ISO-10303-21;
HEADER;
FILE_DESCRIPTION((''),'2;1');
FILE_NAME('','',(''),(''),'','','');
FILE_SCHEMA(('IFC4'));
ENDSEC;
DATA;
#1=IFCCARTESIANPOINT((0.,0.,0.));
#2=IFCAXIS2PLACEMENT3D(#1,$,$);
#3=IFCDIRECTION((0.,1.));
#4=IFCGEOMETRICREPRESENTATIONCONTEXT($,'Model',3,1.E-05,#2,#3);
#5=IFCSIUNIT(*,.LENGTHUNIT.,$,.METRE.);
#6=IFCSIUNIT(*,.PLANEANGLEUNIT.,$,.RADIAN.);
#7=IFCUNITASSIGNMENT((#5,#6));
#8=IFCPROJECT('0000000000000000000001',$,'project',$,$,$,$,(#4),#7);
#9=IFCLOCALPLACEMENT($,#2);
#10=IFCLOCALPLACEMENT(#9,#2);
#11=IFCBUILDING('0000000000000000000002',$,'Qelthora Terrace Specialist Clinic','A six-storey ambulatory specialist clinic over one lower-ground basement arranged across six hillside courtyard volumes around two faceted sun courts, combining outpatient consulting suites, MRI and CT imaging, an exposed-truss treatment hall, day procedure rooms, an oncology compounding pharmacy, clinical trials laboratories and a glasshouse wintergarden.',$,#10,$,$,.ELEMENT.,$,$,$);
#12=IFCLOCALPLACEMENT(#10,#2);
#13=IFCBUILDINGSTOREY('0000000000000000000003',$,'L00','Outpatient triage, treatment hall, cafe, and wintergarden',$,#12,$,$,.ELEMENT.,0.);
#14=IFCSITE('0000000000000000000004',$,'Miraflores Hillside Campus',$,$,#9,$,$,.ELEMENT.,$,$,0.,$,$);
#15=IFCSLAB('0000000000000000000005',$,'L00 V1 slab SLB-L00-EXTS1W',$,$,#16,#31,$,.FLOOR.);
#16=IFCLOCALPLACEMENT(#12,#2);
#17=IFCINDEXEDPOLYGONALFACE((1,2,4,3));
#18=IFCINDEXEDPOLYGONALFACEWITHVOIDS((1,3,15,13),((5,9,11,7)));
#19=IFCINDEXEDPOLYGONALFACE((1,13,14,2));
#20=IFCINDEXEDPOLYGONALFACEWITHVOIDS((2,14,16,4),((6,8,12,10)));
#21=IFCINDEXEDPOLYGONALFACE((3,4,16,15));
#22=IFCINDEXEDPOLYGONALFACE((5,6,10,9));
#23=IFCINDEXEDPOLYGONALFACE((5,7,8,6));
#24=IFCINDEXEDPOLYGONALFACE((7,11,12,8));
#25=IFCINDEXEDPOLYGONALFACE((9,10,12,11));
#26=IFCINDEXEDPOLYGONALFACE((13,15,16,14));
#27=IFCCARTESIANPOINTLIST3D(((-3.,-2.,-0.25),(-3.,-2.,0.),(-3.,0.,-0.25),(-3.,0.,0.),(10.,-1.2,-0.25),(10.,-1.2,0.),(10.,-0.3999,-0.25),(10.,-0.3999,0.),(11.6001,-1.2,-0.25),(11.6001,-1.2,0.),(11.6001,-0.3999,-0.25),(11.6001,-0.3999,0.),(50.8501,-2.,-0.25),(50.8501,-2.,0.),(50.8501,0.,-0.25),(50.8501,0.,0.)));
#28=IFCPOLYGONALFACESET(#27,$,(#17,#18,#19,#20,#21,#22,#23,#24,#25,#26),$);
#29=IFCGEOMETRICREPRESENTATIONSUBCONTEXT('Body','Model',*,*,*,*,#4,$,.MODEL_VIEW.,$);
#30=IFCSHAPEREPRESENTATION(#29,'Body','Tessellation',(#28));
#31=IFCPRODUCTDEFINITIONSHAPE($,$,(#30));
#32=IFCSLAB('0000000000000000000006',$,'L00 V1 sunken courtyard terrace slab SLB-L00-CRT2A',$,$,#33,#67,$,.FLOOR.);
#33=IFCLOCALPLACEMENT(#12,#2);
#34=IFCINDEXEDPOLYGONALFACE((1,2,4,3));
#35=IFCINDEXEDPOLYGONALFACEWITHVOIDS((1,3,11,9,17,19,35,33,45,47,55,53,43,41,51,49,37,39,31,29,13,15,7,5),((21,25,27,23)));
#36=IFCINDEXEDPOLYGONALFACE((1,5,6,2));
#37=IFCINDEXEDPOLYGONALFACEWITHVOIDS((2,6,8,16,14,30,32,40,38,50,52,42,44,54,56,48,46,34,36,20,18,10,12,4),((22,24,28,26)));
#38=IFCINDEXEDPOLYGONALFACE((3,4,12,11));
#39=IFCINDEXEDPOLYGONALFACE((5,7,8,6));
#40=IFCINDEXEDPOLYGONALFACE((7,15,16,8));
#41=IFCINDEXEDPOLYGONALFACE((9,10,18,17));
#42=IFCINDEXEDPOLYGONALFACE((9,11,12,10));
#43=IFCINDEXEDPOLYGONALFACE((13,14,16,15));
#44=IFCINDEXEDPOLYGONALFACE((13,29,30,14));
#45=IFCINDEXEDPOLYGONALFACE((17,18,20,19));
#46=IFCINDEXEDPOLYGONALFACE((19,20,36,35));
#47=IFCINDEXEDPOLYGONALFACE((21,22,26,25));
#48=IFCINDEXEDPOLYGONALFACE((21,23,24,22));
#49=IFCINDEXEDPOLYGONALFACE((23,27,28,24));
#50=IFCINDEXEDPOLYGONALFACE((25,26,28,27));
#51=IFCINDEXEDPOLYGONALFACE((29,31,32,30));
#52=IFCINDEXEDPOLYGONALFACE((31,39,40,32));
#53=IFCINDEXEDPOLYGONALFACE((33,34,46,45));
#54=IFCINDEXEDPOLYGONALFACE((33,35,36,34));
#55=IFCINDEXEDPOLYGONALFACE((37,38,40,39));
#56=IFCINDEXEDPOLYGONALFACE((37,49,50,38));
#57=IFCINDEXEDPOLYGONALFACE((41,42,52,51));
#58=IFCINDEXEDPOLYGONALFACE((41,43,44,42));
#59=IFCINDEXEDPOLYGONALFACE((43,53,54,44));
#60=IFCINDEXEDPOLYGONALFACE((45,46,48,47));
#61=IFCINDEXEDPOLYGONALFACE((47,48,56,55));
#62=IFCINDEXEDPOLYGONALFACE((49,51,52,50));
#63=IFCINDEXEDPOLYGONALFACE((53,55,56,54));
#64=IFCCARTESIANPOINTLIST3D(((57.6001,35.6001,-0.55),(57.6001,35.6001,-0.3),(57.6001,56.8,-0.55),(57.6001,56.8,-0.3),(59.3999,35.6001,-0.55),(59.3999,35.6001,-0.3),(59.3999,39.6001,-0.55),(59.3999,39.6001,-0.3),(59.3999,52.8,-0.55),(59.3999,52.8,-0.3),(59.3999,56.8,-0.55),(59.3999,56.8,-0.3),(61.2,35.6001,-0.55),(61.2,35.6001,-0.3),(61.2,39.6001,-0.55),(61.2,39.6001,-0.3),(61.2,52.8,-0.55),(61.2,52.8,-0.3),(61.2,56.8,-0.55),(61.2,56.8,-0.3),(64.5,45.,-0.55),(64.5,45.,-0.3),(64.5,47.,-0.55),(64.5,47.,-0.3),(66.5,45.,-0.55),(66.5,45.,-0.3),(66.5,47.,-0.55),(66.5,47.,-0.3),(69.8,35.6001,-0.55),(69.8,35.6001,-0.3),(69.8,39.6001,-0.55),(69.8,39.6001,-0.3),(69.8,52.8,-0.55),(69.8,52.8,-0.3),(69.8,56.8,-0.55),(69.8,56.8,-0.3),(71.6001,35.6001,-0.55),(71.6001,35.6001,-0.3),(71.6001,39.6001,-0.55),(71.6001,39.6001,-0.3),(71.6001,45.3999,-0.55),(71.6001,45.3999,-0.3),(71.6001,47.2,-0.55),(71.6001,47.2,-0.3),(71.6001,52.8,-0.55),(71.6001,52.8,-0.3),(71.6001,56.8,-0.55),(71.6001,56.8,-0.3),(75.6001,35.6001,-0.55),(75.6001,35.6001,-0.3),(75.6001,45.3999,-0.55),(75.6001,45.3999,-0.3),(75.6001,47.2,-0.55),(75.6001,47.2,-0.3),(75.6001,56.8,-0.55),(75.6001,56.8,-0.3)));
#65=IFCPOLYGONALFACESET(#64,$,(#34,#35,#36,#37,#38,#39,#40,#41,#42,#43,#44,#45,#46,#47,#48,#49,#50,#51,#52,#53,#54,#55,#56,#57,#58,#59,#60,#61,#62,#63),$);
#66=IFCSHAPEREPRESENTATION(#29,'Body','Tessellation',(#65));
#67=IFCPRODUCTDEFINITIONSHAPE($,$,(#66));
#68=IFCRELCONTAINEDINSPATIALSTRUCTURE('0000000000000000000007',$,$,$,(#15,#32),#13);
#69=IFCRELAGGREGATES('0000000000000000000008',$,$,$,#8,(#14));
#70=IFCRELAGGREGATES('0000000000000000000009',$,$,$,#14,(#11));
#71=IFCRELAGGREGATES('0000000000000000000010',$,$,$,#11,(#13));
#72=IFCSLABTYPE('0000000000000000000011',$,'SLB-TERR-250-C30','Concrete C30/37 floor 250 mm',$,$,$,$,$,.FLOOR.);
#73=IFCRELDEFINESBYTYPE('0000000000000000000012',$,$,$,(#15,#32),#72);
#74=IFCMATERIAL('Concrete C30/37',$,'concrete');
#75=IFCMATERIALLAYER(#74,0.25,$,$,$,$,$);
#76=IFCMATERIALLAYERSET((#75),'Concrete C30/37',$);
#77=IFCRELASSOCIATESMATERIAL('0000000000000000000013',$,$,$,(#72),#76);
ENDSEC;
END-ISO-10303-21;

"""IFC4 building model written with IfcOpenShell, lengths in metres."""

from ifc_helpers import new_model, si_unit, direction, frame, origin, place, context, subcontext, project, spatial, polyline, outline, extrude, material, layer, layer_set, type_object, element, save


model = new_model("IFC4")

# Units and contexts
model_context = context("Model", 3, precision=1e-05, world=origin(), true_north=direction((0.0, 1.0)))
body_context = subcontext(model_context, "Body", "Model", "MODEL_VIEW")
ifc_project = project(units=[si_unit("LENGTHUNIT", "METRE"), si_unit("PLANEANGLEUNIT", "RADIAN")], contexts=[model_context])

# Site, building, storey
site_placement = place(None, origin())
site = spatial("IfcSite", under=ifc_project, at=site_placement, Name="Miraflores Hillside Campus", CompositionType="ELEMENT", RefElevation=0.0)
building_placement = place(site_placement, origin())
building = spatial("IfcBuilding", under=site, at=building_placement, Name="Qelthora Terrace Specialist Clinic", Description="A six-storey ambulatory specialist clinic over one lower-ground basement arranged across six hillside courtyard volumes around two faceted sun courts, combining outpatient consulting suites, MRI and CT imaging, an exposed-truss treatment hall, day procedure rooms, an oncology compounding pharmacy, clinical trials laboratories and a glasshouse wintergarden.", CompositionType="ELEMENT")
storey_placement = place(building_placement, origin())
storey = spatial("IfcBuildingStorey", under=building, at=storey_placement, Name="L00", Description="Outpatient triage, treatment hall, cafe, and wintergarden", CompositionType="ELEMENT", Elevation=0.0)

# Slabs
ifc_material_1 = material(Name="Concrete C30/37", Category="concrete")
ifc_layer_1 = layer(ifc_material_1, 0.25)
ifc_layer_set_1 = layer_set([ifc_layer_1], Name="Concrete C30/37")
slab_type_1 = type_object("IfcSlabType", Name="SLB-TERR-250-C30", Description="Concrete C30/37 floor 250 mm", PredefinedType="FLOOR", material=ifc_layer_set_1)
slab_1_placement = place(storey_placement, frame((0.0, 0.0, -0.25)))
element("IfcSlab", 1, at=slab_1_placement, inside=storey, type_object=slab_type_1, Name="L00 V1 slab SLB-L00-EXTS1W", PredefinedType="FLOOR", context=body_context, shape_type="SweptSolid", body=[
    extrude(outline(polyline([(-3.0, -2.0), (-3.0, 0.0), (50.8501, 0.0), (50.8501, -2.0), (-3.0, -2.0)]), holes=[polyline([(10.0, -1.2), (11.6001, -1.2), (11.6001, -0.3999), (10.0, -0.3999), (10.0, -1.2)])]), origin(), (0.0, 0.0, 1.0), 0.25),
])
slab_2_placement = place(storey_placement, frame((0.0, 0.0, -0.55)))
element("IfcSlab", 2, at=slab_2_placement, inside=storey, type_object=slab_type_1, Name="L00 V1 sunken courtyard terrace slab SLB-L00-CRT2A", PredefinedType="FLOOR", context=body_context, shape_type="SweptSolid", body=[
    extrude(outline(polyline([(61.2, 52.8), (61.2, 56.8), (69.8, 56.8), (69.8, 52.8), (71.6001, 52.8), (71.6001, 56.8), (75.6001, 56.8), (75.6001, 47.2), (71.6001, 47.2), (71.6001, 45.3999), (75.6001, 45.3999), (75.6001, 35.6001), (71.6001, 35.6001), (71.6001, 39.6001), (69.8, 39.6001), (69.8, 35.6001), (61.2, 35.6001), (61.2, 39.6001), (59.3999, 39.6001), (59.3999, 35.6001), (57.6001, 35.6001), (57.6001, 56.8), (59.3999, 56.8), (59.3999, 52.8), (61.2, 52.8)]), holes=[polyline([(64.5, 45.0), (66.5, 45.0), (66.5, 47.0), (64.5, 47.0), (64.5, 45.0)])]), origin(), (0.0, 0.0, 1.0), 0.25),
])

save(model, "model.ifc")
